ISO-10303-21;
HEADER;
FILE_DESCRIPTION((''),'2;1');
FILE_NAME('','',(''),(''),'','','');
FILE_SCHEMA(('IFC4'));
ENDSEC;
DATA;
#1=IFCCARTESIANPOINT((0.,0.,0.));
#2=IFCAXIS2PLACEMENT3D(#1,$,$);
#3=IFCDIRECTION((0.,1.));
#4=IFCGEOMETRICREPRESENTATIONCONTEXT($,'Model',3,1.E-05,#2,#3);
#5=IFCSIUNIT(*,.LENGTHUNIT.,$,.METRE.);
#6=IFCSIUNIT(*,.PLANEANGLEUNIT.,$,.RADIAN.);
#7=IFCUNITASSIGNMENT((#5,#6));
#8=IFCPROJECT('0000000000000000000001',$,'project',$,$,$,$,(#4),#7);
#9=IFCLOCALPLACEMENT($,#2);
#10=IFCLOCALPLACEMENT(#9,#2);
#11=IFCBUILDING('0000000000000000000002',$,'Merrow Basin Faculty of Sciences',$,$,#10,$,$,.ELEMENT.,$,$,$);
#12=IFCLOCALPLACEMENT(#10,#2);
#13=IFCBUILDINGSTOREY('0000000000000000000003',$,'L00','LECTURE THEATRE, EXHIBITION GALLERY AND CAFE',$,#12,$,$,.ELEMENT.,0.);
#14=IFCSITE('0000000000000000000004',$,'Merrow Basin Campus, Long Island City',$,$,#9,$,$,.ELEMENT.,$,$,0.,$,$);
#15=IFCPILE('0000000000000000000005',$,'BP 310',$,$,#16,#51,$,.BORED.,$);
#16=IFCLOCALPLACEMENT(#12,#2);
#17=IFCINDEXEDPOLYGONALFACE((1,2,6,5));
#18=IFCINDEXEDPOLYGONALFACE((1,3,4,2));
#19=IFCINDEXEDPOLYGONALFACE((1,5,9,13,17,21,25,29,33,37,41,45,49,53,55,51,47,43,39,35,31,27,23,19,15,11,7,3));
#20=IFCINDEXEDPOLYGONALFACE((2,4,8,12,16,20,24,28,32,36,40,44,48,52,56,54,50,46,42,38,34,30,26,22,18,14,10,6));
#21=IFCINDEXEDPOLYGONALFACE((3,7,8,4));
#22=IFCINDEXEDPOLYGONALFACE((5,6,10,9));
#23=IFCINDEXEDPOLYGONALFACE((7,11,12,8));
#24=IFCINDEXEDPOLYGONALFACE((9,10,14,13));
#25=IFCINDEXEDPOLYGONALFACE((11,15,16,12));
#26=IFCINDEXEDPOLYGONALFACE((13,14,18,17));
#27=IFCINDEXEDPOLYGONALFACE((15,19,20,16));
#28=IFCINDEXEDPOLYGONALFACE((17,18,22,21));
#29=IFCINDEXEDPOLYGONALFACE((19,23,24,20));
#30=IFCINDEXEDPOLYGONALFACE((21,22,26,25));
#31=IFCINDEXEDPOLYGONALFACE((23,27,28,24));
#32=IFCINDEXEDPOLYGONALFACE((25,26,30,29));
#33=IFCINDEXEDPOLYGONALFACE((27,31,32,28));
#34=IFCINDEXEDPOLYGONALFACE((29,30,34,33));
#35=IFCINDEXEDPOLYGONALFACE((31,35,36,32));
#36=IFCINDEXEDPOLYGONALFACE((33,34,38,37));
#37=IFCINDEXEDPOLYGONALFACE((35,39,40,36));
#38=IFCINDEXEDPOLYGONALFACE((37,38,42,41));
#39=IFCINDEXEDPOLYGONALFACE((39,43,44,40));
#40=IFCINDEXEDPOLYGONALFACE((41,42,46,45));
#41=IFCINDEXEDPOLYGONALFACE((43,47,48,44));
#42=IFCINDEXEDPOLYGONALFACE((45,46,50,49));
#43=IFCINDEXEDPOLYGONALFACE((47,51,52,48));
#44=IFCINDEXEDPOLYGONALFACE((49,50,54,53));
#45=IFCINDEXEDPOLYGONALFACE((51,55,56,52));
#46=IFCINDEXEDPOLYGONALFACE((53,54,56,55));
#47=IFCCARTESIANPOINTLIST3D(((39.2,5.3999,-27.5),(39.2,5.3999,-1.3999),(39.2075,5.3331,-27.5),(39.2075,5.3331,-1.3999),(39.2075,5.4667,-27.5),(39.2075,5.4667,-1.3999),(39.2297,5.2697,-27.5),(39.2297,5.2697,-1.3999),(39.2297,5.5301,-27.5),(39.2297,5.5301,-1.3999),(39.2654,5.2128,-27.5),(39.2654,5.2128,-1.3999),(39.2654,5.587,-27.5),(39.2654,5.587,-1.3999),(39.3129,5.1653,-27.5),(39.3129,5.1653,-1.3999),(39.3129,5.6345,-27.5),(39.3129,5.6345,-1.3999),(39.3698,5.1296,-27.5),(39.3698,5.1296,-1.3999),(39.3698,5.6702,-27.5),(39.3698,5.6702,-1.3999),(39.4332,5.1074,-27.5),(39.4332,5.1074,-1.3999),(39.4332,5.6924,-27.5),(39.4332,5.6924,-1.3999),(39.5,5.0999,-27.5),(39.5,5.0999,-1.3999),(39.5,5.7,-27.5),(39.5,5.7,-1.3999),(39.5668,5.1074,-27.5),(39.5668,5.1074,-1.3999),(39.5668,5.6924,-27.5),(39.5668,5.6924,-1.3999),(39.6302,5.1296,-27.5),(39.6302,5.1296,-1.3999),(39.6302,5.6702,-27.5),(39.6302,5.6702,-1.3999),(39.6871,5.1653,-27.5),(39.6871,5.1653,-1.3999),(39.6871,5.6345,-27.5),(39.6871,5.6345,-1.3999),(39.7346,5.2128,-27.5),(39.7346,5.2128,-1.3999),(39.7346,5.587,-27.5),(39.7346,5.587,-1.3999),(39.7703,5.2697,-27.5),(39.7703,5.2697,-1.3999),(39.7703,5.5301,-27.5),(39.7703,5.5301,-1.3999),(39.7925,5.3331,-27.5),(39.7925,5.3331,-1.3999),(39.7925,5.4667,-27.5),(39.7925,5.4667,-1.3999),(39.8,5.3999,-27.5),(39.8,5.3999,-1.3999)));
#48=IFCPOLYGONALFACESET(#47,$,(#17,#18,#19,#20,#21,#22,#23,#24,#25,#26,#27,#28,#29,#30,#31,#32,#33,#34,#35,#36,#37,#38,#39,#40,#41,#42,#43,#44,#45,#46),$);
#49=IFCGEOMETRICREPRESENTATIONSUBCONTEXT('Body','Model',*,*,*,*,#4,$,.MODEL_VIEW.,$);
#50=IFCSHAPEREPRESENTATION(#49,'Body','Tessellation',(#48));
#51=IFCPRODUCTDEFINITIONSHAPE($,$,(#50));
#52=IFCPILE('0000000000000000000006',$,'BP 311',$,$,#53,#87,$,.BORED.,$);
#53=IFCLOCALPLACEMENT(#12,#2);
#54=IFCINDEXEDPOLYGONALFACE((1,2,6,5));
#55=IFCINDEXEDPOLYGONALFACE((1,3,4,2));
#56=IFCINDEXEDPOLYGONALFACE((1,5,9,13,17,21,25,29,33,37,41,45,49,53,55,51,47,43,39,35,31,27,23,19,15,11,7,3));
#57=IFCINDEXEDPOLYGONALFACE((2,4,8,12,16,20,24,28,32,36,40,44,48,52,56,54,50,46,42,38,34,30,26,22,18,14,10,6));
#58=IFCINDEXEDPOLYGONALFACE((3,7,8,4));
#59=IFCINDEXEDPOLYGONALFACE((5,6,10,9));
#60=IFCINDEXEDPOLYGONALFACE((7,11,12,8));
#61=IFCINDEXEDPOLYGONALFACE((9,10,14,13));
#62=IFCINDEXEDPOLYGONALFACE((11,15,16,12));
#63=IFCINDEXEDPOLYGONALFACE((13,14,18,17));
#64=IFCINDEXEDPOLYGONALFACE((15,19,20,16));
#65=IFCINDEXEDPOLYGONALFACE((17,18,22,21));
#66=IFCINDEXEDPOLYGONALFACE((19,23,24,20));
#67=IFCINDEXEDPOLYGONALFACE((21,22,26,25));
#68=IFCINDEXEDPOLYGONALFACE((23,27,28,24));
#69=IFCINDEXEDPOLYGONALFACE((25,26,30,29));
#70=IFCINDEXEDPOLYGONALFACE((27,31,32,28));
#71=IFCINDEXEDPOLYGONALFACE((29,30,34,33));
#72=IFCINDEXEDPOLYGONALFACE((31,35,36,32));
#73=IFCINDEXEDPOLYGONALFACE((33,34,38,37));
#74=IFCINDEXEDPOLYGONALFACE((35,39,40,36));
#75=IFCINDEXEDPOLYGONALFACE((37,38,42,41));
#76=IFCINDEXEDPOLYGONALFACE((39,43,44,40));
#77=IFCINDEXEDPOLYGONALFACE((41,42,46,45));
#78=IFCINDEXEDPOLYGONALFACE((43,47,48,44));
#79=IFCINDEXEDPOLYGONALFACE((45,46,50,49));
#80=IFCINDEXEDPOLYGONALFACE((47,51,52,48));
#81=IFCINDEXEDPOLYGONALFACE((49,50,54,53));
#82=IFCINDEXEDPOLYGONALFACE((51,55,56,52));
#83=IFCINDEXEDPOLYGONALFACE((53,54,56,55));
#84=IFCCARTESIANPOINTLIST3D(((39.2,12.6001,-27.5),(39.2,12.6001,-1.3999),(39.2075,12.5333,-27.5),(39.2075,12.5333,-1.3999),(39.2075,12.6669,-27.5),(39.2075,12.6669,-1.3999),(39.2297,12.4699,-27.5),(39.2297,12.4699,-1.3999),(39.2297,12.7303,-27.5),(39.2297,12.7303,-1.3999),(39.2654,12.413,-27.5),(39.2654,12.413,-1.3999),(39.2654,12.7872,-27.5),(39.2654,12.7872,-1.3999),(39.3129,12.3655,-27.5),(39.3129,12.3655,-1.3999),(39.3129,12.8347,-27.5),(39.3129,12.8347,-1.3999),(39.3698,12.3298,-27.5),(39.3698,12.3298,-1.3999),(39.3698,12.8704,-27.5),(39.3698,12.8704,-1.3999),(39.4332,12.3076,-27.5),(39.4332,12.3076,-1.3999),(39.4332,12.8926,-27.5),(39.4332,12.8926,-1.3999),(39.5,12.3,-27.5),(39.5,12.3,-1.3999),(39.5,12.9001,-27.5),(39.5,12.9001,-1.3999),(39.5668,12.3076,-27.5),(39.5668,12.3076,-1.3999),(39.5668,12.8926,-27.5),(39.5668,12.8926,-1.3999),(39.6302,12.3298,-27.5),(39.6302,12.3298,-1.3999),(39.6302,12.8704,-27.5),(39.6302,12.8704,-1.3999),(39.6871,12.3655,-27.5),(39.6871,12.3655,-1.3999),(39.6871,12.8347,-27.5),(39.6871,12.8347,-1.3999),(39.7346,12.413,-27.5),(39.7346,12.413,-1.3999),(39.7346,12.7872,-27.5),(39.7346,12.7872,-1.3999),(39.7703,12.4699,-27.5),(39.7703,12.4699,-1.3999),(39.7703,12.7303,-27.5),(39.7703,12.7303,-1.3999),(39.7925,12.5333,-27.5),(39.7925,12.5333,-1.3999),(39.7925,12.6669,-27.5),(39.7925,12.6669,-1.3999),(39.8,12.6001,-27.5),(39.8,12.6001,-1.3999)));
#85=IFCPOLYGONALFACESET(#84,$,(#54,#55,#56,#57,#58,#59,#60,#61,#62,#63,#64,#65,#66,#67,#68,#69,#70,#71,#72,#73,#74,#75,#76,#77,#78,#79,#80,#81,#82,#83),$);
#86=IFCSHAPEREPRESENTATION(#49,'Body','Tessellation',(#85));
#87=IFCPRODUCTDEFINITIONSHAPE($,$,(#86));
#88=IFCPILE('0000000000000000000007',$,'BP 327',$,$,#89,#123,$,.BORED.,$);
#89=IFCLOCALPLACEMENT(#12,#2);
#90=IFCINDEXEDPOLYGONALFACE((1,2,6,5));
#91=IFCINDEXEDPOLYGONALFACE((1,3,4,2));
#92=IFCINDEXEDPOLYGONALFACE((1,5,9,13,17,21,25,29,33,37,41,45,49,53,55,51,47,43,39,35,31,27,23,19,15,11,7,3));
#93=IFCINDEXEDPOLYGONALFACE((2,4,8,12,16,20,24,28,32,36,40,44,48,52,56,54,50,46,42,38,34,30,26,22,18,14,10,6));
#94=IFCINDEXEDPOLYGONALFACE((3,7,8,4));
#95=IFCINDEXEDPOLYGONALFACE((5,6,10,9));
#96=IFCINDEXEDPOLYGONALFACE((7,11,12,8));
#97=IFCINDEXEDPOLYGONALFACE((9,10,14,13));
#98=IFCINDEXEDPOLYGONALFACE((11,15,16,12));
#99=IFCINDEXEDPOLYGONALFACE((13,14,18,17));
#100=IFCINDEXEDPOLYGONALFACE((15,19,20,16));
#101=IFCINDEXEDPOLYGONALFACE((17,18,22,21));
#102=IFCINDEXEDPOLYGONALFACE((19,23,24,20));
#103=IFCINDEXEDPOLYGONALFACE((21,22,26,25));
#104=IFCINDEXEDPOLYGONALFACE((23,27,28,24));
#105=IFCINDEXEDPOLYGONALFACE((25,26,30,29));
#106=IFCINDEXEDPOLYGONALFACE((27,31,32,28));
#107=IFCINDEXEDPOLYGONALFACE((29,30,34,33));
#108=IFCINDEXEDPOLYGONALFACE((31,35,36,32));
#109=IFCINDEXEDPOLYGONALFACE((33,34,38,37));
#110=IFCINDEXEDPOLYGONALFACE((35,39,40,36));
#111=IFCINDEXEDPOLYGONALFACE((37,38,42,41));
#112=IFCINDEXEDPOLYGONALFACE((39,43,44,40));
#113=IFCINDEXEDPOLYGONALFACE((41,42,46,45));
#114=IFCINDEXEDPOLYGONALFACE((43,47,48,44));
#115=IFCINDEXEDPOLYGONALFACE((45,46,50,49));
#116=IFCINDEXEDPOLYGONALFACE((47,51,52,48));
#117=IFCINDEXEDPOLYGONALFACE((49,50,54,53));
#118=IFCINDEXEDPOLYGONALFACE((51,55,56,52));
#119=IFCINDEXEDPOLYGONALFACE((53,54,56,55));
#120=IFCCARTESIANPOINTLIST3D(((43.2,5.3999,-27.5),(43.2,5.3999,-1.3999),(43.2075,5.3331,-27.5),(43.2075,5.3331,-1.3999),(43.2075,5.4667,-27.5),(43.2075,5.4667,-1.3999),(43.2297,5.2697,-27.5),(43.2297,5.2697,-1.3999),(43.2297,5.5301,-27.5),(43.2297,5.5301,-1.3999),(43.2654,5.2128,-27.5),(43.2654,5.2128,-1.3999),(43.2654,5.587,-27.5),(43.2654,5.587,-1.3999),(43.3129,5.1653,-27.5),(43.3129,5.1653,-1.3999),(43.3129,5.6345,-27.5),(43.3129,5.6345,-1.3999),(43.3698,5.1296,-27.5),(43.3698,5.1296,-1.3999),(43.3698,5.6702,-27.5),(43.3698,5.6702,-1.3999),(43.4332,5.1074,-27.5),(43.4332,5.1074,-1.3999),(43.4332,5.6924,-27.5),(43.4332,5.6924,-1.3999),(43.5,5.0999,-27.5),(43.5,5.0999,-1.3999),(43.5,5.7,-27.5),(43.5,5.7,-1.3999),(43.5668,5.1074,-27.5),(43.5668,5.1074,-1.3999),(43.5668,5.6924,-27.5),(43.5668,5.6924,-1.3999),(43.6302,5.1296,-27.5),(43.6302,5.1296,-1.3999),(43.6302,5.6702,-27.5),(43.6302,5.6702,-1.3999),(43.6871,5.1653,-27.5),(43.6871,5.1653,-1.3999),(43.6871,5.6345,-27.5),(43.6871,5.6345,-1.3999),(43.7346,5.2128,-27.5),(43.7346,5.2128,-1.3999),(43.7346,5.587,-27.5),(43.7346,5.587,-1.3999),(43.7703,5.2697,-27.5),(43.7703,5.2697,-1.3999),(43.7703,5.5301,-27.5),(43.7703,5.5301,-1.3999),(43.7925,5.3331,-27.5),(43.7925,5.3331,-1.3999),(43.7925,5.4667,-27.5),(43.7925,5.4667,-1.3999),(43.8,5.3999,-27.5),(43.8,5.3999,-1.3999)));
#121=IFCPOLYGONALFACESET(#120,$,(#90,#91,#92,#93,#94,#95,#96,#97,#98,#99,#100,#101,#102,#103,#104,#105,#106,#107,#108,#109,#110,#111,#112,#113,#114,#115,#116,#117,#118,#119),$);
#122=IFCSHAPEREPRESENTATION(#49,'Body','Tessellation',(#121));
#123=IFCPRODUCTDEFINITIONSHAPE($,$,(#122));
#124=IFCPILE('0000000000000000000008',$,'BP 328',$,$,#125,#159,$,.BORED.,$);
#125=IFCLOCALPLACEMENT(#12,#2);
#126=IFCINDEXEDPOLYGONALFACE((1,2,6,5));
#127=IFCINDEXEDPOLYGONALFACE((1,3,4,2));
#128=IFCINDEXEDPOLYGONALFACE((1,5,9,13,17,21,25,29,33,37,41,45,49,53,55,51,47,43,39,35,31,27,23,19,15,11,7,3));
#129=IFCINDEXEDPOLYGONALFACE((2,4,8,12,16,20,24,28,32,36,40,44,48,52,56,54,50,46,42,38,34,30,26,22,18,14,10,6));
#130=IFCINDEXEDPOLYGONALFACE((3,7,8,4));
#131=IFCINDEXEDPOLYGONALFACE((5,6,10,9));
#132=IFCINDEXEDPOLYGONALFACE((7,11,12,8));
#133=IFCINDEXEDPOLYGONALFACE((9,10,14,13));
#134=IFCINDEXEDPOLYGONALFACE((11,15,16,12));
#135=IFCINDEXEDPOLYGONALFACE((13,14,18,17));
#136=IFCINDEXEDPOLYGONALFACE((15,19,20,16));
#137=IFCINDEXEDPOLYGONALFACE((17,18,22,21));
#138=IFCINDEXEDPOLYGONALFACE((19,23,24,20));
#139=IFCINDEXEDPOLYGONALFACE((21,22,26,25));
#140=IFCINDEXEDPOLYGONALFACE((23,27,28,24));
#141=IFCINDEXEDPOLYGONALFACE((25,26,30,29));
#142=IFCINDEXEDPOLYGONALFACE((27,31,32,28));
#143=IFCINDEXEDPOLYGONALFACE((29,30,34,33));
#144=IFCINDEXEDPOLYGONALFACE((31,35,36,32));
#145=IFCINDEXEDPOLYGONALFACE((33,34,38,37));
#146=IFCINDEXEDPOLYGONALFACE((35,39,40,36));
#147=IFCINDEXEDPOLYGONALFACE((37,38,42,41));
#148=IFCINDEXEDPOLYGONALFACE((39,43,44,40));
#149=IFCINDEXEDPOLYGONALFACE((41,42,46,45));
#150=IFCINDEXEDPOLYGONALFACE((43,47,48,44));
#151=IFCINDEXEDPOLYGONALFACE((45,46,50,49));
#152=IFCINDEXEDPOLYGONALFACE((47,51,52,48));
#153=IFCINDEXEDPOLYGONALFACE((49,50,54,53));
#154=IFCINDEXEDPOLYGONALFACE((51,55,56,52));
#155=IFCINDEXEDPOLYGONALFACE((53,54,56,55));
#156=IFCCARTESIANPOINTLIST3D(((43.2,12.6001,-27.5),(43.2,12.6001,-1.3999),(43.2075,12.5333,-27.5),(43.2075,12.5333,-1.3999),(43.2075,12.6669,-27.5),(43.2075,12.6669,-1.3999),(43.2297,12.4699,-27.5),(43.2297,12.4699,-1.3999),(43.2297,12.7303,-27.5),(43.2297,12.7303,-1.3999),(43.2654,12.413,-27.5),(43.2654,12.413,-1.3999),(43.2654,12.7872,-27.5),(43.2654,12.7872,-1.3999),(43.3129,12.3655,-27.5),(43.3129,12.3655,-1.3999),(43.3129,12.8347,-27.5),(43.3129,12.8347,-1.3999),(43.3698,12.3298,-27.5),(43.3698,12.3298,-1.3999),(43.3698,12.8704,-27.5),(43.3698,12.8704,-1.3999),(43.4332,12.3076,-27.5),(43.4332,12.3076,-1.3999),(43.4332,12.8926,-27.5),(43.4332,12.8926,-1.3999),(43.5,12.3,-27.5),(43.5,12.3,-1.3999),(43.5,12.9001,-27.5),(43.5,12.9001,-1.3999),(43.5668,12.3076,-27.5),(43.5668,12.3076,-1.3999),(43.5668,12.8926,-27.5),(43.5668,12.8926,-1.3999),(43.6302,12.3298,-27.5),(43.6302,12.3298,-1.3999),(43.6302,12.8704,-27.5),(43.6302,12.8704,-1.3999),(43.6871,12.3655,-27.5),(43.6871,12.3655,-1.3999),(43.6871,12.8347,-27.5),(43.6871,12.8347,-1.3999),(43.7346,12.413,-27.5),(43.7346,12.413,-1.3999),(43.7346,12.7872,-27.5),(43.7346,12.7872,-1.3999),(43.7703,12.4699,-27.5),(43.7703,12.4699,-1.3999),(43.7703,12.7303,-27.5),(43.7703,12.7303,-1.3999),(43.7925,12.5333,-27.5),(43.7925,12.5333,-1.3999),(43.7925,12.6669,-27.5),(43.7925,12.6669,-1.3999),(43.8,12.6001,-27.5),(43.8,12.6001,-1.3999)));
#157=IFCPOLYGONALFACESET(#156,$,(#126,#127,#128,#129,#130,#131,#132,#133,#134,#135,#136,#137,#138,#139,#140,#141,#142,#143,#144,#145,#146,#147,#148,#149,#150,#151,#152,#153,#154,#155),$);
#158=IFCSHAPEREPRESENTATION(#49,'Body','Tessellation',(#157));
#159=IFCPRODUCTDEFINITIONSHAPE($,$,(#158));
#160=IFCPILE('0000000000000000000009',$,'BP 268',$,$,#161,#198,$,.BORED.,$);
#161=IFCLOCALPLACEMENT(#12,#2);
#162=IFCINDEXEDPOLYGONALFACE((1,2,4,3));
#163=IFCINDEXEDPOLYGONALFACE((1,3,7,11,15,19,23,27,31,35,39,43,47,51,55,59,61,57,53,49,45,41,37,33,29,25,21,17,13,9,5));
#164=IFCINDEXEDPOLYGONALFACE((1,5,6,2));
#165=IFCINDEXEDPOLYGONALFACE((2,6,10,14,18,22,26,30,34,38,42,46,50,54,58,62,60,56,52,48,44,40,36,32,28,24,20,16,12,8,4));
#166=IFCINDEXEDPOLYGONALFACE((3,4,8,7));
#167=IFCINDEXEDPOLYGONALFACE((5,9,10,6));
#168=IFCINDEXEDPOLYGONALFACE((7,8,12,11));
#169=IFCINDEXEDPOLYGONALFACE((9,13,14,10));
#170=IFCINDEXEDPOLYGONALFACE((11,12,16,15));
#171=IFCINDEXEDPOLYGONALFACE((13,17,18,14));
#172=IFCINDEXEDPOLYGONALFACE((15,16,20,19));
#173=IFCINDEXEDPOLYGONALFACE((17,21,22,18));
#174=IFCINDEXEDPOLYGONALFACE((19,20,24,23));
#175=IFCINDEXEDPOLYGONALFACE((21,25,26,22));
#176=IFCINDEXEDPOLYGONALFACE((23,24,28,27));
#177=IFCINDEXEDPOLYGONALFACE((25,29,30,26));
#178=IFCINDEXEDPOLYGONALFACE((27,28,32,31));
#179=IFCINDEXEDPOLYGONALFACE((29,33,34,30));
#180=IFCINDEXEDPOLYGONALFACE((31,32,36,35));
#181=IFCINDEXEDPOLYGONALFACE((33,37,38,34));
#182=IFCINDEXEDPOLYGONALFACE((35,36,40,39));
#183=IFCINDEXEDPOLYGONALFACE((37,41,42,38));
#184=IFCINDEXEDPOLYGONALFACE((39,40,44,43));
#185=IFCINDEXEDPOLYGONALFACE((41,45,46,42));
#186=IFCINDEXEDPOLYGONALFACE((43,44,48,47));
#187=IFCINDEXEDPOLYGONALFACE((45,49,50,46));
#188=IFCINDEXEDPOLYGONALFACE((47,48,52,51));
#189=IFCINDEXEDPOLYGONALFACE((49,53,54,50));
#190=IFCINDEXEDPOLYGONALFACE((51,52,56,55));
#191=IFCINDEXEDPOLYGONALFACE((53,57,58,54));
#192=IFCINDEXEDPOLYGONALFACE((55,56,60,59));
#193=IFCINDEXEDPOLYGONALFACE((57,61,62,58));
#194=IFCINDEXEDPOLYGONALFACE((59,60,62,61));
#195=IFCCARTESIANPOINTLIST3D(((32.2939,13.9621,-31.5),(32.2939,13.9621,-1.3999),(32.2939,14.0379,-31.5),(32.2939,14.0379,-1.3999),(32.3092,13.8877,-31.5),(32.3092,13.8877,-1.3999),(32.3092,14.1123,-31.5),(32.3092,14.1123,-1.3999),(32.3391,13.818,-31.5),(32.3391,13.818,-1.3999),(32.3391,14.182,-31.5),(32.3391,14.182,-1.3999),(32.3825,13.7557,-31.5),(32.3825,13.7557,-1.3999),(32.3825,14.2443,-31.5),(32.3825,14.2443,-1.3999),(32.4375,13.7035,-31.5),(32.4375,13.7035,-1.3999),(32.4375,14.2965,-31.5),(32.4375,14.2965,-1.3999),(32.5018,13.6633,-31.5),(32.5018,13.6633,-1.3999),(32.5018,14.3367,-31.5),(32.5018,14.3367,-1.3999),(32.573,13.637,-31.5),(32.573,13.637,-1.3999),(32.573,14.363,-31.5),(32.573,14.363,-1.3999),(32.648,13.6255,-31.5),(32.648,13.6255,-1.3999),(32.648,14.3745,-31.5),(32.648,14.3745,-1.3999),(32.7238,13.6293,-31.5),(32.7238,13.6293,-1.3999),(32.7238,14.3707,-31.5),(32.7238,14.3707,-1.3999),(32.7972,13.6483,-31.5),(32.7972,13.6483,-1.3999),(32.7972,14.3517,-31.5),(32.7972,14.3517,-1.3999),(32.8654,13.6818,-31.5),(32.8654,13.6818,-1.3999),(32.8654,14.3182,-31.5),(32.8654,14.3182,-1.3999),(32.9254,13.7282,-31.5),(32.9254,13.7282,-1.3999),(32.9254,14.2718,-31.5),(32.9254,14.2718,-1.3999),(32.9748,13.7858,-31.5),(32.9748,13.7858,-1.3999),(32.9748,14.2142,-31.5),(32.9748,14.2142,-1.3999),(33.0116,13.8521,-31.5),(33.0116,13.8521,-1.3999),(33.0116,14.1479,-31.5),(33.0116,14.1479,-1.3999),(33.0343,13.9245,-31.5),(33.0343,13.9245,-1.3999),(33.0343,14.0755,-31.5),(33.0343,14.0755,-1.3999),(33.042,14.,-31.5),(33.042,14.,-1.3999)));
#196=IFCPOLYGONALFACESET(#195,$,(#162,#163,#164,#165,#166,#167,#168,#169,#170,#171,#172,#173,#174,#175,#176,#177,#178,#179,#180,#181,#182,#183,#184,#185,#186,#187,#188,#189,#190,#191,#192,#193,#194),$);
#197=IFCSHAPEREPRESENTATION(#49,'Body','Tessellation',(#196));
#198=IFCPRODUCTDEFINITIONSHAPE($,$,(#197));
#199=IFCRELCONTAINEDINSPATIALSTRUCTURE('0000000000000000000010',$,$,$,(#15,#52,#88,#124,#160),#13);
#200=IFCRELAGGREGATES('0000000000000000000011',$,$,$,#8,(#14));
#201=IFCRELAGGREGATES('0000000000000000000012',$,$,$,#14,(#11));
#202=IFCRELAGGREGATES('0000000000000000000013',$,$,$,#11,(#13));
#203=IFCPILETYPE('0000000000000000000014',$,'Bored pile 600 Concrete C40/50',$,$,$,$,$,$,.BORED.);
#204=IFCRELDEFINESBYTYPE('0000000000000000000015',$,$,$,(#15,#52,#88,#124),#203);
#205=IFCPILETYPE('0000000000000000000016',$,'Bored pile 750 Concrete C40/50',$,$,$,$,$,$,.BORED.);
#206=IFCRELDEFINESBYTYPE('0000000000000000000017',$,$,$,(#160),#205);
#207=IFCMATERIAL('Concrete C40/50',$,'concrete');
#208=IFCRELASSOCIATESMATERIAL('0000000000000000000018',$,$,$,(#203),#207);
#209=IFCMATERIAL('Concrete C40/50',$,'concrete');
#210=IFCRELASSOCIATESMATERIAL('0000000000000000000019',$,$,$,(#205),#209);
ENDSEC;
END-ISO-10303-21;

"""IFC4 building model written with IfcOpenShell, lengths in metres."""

from ifc_helpers import new_model, si_unit, direction, frame, origin, origin_2d, place, context, subcontext, project, spatial, circle, extrude, material, material_profile, profile_set, type_object, element, save


model = new_model("IFC4")

# Units and contexts
model_context = context("Model", 3, precision=1e-05, world=origin(), true_north=direction((0.0, 1.0)))
body_context = subcontext(model_context, "Body", "Model", "MODEL_VIEW")
ifc_project = project(units=[si_unit("LENGTHUNIT", "METRE"), si_unit("PLANEANGLEUNIT", "RADIAN")], contexts=[model_context])

# Site, building, storey
site_placement = place(None, origin())
site = spatial("IfcSite", under=ifc_project, at=site_placement, Name="Merrow Basin Campus, Long Island City", CompositionType="ELEMENT", RefElevation=0.0)
building_placement = place(site_placement, origin())
building = spatial("IfcBuilding", under=site, at=building_placement, Name="Merrow Basin Faculty of Sciences", CompositionType="ELEMENT")
storey_placement = place(building_placement, origin())
storey = spatial("IfcBuildingStorey", under=building, at=storey_placement, Name="L00", Description="LECTURE THEATRE, EXHIBITION GALLERY AND CAFE", CompositionType="ELEMENT", Elevation=0.0)

# Piles
ifc_material_1 = material(Name="Concrete C40/50", Category="concrete")
ifc_material_profile_1 = material_profile(ifc_material_1, circle(Radius=0.3, at=origin_2d()))
ifc_profile_set_1 = profile_set([ifc_material_profile_1], Name="Concrete C40/50")
pile_type_1 = type_object("IfcPileType", Name="Bored pile 600 Concrete C40/50", PredefinedType="BORED", material=ifc_profile_set_1)
for number, where, z_axis, x_axis, name in (
    (1, (39.5, 5.3999, -1.3999), (0.0, 0.0, -1.0), (1.0, 0.0, 0.0), "BP 310"),
    (2, (39.5, 12.6001, -1.3999), (0.0, 0.0, -1.0), (1.0, 0.0, 0.0), "BP 311"),
    (3, (43.5, 5.3999, -1.3999), (0.0, 0.0, -1.0), (1.0, 0.0, 0.0), "BP 327"),
    (4, (43.5, 12.6001, -1.3999), (0.0, 0.0, -1.0), (1.0, 0.0, 0.0), "BP 328"),
):
    element("IfcPile", number, at=place(storey_placement, frame(where, z_axis=z_axis, x_axis=x_axis)), inside=storey, type_object=pile_type_1, Name=name, PredefinedType="BORED", context=body_context, shape_type="SweptSolid", body=[
        extrude(circle(Radius=0.3, at=origin_2d()), origin(), (0.0, 0.0, 1.0), 26.1001),
    ])
ifc_material_2 = material(Name="Concrete C40/50", Category="concrete")
ifc_material_profile_2 = material_profile(ifc_material_2, circle(Radius=0.375, at=origin_2d()))
ifc_profile_set_2 = profile_set([ifc_material_profile_2], Name="Concrete C40/50")
pile_type_2 = type_object("IfcPileType", Name="Bored pile 750 Concrete C40/50", PredefinedType="BORED", material=ifc_profile_set_2)
for number, where, z_axis, x_axis, name in (
    (5, (32.667, 14.0, -1.3999), (0.0, 0.0, -1.0), (1.0, 0.0, 0.0), "BP 268"),
):
    element("IfcPile", number, at=place(storey_placement, frame(where, z_axis=z_axis, x_axis=x_axis)), inside=storey, type_object=pile_type_2, Name=name, PredefinedType="BORED", context=body_context, shape_type="SweptSolid", body=[
        extrude(circle(Radius=0.375, at=origin_2d()), origin(), (0.0, 0.0, 1.0), 30.1001),
    ])

save(model, "model.ifc")
